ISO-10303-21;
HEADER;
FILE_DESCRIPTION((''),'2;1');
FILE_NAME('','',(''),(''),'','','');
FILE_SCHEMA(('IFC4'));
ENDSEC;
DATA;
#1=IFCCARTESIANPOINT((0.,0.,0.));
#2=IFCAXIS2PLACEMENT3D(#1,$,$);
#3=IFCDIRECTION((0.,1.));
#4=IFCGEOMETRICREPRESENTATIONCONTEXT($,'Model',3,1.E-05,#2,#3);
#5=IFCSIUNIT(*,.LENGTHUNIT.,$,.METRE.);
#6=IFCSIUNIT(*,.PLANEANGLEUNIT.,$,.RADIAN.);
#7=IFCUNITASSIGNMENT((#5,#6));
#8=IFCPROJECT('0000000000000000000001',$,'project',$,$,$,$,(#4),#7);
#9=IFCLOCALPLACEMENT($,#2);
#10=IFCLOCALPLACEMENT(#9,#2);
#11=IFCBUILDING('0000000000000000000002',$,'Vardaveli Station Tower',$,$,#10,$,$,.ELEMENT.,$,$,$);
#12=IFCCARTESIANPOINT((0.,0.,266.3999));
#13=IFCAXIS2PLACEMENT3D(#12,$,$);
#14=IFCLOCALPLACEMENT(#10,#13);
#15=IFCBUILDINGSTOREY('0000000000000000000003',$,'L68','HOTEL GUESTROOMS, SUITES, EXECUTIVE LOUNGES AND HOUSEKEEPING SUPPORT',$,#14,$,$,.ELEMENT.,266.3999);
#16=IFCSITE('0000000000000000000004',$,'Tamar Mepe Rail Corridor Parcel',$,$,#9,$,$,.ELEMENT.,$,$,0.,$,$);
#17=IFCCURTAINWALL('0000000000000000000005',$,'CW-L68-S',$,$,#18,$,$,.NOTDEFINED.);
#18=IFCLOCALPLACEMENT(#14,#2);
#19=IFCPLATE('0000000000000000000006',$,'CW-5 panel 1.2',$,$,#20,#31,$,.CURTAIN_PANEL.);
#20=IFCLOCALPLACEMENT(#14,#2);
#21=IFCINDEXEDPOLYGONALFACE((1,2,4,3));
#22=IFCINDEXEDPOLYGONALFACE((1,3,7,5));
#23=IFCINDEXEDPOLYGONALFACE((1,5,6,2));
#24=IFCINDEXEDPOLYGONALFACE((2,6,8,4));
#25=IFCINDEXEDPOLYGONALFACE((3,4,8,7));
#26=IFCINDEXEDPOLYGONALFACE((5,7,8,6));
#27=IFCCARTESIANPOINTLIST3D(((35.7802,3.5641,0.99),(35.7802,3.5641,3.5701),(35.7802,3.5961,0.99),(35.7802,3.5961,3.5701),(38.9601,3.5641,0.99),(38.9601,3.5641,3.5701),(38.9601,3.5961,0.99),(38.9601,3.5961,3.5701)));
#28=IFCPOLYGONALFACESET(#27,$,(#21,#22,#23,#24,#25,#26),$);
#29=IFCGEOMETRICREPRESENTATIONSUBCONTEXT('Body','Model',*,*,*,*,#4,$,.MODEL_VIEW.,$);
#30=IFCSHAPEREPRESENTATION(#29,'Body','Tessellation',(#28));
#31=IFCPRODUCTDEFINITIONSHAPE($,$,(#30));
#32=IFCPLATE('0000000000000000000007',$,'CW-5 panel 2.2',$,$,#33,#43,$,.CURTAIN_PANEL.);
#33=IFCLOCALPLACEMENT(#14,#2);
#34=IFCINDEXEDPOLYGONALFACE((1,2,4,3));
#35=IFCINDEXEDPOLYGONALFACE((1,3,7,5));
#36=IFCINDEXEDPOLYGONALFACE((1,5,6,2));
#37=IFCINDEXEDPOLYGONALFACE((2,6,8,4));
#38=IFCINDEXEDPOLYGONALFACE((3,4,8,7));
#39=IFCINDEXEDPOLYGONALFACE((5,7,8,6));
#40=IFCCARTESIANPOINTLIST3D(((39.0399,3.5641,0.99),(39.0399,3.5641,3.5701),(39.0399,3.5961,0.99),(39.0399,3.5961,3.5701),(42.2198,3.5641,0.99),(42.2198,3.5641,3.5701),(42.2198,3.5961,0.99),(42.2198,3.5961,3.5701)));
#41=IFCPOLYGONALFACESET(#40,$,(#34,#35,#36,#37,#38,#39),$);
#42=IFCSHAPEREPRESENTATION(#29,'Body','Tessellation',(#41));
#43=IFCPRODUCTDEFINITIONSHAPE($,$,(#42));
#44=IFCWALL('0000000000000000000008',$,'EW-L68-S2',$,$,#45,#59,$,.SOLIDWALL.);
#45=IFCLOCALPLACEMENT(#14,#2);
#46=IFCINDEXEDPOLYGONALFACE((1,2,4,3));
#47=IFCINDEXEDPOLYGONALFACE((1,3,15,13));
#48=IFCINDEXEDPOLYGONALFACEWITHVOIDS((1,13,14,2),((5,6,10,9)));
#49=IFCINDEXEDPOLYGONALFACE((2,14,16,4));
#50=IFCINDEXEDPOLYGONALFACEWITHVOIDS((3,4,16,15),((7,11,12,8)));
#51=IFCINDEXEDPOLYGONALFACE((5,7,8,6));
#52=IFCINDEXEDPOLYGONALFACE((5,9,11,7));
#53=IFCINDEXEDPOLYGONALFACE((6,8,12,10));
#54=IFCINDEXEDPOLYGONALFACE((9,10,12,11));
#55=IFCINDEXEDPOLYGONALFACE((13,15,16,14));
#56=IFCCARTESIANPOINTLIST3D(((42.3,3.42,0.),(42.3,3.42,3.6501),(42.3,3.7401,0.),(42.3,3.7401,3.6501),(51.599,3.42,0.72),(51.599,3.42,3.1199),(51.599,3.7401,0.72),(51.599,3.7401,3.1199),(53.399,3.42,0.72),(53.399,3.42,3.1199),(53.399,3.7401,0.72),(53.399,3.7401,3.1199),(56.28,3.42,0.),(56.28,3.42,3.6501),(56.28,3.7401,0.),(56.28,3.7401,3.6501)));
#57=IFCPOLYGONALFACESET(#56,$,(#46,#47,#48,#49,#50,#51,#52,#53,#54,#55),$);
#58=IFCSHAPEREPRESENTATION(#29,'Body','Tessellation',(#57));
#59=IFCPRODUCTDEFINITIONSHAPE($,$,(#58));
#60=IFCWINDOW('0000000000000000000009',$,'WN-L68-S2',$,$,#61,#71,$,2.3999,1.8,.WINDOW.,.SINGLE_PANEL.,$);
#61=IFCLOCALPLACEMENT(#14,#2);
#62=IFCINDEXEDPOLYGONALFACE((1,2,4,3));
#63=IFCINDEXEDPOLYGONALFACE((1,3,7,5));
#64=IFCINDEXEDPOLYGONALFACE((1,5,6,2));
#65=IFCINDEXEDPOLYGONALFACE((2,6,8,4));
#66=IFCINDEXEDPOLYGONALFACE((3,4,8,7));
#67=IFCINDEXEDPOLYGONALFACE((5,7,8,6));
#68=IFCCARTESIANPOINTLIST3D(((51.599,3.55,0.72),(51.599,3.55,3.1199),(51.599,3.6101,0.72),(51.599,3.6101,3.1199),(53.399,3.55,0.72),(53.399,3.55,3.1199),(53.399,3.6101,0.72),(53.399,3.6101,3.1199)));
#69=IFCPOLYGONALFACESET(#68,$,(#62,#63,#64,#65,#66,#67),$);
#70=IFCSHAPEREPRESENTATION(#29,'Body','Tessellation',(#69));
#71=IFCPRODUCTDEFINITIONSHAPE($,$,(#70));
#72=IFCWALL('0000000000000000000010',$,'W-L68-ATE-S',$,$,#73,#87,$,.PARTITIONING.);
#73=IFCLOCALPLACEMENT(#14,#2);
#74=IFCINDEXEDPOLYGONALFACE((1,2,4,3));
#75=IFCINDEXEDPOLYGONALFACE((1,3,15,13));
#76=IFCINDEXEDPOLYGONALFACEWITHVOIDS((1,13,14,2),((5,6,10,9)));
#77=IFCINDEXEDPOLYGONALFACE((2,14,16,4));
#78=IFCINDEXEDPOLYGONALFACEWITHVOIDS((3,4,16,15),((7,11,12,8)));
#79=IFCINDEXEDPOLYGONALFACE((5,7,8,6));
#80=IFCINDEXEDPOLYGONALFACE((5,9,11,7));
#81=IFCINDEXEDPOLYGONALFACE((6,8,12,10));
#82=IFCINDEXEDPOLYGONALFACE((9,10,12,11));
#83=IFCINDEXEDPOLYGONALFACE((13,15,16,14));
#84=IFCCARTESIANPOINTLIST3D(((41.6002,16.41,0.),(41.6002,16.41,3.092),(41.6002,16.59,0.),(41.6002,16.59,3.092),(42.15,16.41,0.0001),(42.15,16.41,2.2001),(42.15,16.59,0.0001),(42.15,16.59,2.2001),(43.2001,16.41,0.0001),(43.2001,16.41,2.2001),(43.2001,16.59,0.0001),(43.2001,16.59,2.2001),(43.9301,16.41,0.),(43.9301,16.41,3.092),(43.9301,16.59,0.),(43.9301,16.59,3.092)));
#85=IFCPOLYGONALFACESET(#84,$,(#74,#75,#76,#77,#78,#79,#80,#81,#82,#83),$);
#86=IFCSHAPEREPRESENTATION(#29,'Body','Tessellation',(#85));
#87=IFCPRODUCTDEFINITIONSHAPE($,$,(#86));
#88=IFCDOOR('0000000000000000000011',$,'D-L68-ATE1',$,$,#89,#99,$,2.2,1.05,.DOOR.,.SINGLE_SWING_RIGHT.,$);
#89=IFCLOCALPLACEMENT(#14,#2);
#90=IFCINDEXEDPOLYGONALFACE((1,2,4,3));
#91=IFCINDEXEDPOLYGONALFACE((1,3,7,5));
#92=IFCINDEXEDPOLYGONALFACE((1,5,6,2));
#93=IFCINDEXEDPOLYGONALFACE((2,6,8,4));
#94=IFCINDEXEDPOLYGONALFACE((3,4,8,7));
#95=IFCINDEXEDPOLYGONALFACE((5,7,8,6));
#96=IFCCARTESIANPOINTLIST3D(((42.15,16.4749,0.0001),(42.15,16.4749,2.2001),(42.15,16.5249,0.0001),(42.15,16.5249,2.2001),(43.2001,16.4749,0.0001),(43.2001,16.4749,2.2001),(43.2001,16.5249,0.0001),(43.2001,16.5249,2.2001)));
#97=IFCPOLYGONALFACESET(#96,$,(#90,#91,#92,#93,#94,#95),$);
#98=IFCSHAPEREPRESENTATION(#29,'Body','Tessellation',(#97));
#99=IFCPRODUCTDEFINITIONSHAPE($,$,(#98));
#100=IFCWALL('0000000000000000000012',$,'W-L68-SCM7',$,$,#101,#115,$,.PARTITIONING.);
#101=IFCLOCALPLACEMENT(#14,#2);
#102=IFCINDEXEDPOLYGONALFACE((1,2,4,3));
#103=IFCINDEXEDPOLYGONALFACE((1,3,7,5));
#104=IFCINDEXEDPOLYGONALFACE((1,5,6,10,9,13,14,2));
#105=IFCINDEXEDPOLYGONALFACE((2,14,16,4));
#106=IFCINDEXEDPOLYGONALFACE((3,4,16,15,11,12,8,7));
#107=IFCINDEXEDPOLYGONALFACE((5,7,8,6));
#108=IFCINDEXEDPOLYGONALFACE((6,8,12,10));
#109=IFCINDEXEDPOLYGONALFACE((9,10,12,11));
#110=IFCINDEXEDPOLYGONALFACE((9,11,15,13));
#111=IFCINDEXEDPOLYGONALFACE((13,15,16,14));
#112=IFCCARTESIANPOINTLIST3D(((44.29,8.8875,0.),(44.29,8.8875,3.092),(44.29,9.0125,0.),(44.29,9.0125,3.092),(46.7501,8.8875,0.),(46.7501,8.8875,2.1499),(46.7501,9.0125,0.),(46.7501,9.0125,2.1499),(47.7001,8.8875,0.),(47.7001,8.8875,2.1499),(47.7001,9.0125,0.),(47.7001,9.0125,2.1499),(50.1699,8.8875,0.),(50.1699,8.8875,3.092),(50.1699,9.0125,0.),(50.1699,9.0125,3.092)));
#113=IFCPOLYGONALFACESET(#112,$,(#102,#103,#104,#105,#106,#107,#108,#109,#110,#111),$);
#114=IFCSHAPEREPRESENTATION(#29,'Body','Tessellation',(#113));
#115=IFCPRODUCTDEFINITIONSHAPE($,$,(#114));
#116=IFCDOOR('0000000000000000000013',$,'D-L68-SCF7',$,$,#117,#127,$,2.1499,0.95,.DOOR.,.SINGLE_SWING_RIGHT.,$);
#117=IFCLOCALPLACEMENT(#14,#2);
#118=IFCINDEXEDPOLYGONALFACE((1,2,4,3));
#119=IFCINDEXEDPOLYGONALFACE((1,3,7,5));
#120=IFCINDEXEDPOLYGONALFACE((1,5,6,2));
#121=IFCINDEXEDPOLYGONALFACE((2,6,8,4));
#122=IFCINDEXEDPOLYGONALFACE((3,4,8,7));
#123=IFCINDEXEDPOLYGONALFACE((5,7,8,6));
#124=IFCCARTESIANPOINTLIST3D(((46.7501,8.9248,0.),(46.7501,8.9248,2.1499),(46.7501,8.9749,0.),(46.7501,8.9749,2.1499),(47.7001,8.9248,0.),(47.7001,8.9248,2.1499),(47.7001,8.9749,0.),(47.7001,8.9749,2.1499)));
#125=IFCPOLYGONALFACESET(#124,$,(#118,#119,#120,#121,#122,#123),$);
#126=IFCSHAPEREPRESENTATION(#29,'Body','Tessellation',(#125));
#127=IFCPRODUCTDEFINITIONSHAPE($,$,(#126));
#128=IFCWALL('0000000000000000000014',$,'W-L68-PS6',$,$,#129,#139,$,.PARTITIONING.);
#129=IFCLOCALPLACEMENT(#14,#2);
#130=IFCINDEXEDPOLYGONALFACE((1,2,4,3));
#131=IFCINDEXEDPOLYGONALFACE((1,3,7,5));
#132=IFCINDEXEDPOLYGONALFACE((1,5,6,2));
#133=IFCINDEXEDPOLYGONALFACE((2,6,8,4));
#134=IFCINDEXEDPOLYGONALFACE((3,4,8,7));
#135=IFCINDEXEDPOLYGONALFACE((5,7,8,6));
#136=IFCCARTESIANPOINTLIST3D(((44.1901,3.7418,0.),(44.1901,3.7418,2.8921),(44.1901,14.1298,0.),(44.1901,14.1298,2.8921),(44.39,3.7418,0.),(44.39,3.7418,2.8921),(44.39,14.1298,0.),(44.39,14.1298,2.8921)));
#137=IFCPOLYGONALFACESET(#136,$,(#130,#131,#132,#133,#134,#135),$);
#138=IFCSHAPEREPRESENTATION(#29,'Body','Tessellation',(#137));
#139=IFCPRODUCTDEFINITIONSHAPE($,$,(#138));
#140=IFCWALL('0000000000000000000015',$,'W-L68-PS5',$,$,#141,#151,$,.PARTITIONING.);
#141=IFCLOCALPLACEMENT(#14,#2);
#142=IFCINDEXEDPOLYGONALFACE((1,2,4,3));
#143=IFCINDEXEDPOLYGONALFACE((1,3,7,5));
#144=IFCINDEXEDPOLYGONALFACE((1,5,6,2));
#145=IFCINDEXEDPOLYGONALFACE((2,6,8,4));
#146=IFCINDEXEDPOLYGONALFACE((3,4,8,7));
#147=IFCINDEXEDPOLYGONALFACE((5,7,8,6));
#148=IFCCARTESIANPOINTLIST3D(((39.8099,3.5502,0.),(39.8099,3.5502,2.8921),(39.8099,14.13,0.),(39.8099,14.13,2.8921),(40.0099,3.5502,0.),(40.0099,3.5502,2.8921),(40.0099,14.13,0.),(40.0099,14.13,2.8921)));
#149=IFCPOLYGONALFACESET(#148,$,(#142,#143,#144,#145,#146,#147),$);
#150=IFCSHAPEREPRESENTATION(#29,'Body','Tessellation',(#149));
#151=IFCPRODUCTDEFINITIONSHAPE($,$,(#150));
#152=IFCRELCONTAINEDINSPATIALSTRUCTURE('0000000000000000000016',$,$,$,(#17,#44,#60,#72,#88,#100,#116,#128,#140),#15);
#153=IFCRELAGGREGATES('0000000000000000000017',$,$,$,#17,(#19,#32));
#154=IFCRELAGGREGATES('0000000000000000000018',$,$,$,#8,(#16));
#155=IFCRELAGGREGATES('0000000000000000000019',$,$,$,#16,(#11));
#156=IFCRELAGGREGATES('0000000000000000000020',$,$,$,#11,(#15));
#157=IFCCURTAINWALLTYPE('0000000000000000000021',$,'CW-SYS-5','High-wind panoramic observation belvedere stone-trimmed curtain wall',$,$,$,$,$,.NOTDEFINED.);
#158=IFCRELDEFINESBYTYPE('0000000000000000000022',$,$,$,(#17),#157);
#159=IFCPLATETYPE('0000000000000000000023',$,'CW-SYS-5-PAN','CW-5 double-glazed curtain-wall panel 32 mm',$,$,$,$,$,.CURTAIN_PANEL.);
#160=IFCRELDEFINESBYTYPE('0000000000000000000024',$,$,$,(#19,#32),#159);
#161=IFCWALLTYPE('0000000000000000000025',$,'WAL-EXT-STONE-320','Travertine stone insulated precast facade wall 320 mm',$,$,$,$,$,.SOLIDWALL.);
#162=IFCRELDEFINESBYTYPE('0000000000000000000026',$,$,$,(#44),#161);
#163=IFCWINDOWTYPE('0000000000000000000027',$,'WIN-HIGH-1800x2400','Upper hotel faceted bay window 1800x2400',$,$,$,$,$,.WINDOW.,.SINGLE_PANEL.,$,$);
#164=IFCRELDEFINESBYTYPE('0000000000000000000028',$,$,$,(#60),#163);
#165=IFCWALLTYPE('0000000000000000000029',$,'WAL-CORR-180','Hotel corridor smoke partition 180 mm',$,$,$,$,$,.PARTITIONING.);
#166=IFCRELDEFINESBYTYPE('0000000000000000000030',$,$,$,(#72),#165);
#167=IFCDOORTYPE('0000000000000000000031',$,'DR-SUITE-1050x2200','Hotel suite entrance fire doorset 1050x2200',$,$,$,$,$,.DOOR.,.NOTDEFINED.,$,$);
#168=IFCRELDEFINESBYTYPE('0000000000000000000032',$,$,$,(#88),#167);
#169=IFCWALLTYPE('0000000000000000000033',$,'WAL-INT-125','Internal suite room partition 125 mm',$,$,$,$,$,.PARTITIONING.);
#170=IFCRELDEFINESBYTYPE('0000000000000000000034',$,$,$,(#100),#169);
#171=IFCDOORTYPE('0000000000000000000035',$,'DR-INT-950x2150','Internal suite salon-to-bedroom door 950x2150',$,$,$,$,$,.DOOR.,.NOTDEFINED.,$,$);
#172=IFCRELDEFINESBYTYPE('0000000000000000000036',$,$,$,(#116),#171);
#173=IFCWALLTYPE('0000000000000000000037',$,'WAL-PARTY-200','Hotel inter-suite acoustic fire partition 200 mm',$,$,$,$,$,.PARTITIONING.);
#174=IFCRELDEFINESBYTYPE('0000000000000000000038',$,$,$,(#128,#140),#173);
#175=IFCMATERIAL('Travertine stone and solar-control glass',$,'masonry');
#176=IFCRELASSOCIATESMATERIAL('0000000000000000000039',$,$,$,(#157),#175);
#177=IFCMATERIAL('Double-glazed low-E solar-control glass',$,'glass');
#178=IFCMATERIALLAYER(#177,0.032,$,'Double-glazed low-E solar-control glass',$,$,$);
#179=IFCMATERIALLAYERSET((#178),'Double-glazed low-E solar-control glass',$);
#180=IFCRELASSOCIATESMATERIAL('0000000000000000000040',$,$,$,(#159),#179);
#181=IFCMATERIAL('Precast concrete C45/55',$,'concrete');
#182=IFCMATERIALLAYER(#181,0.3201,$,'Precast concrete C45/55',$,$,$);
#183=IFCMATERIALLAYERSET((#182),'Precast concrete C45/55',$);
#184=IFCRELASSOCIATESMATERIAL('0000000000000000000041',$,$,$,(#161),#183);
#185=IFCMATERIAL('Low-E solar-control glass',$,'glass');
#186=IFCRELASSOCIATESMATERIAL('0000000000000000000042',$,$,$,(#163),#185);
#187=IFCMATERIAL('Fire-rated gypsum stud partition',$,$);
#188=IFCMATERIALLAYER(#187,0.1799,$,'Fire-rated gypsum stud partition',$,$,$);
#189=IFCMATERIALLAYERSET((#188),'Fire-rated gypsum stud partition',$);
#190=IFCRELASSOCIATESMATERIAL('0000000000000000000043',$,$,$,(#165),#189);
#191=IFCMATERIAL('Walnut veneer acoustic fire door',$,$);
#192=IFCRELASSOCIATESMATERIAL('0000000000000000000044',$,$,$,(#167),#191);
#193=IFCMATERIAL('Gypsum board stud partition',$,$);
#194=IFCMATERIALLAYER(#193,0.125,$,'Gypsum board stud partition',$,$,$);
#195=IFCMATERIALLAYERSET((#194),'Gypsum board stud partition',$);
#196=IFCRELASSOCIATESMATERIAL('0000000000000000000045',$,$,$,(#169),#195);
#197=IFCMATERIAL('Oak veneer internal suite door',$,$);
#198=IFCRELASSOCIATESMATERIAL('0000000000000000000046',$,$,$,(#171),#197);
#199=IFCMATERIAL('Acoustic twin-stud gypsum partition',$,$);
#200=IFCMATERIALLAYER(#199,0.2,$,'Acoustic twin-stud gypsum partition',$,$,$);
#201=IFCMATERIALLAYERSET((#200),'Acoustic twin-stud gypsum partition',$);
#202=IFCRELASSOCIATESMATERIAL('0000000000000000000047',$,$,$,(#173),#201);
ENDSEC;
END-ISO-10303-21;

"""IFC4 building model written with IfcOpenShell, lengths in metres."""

from ifc_helpers import new_model, si_unit, direction, frame, frame_2d, origin, origin_2d, place, context, subcontext, project, spatial, rectangle, extrude, source, transform, mapped, material, layer, layer_set, type_object, element, fill, aggregate, save


model = new_model("IFC4")

# Units and contexts
model_context = context("Model", 3, precision=1e-05, world=origin(), true_north=direction((0.0, 1.0)))
body_context = subcontext(model_context, "Body", "Model", "MODEL_VIEW")
ifc_project = project(units=[si_unit("LENGTHUNIT", "METRE"), si_unit("PLANEANGLEUNIT", "RADIAN")], contexts=[model_context])

# Site, building, storey
site_placement = place(None, origin())
site = spatial("IfcSite", under=ifc_project, at=site_placement, Name="Tamar Mepe Rail Corridor Parcel", CompositionType="ELEMENT", RefElevation=0.0)
building_placement = place(site_placement, origin())
building = spatial("IfcBuilding", under=site, at=building_placement, Name="Vardaveli Station Tower", CompositionType="ELEMENT")
storey_placement = place(building_placement, frame((0.0, 0.0, 266.3999)))
storey = spatial("IfcBuildingStorey", under=building, at=storey_placement, Name="L68", Description="HOTEL GUESTROOMS, SUITES, EXECUTIVE LOUNGES AND HOUSEKEEPING SUPPORT", CompositionType="ELEMENT", Elevation=266.3999)

# Shared definitions
ifc_material_1 = material(Name="Precast concrete C45/55", Category="concrete")

# Curtain wall, plates
ifc_material_2 = material(Name="Travertine stone and solar-control glass", Category="masonry")
curtain_wall_type = type_object("IfcCurtainWallType", Name="CW-SYS-5", Description="High-wind panoramic observation belvedere stone-trimmed curtain wall", PredefinedType="NOTDEFINED", material=ifc_material_2)
curtain_wall_placement = place(storey_placement, origin())
curtain_wall = element("IfcCurtainWall", 1, at=curtain_wall_placement, inside=storey, type_object=curtain_wall_type, Name="CW-L68-S", PredefinedType="NOTDEFINED")
ifc_material_3 = material(Name="Double-glazed low-E solar-control glass", Category="glass")
ifc_layer_1 = layer(ifc_material_3, 0.032, Name="Double-glazed low-E solar-control glass")
ifc_layer_set_1 = layer_set([ifc_layer_1], Name="Double-glazed low-E solar-control glass")
plate_type = type_object("IfcPlateType", Name="CW-SYS-5-PAN", Description="CW-5 double-glazed curtain-wall panel 32 mm", PredefinedType="CURTAIN_PANEL", material=ifc_layer_set_1)
shared_shape_1 = source(origin(), body_context, "Body", "SweptSolid", [
    extrude(rectangle(XDim=3.1799, YDim=0.032, at=origin_2d()), origin(), (0.0, 0.0, 1.0), 2.5801),
])
plate_1_placement = place(storey_placement, frame((37.3701, 3.5801, 0.99), z_axis=(0.0, 0.0, 1.0), x_axis=(1.0, 0.0, 0.0)))
plate_1 = element("IfcPlate", 2, at=plate_1_placement, type_object=plate_type, Name="CW-5 panel 1.2", PredefinedType="CURTAIN_PANEL", context=body_context, shape_type="MappedRepresentation", body=[
    mapped(shared_shape_1, transform((0.0, 0.0, 0.0), scale=1.0)),
])
plate_2_placement = place(storey_placement, frame((40.6299, 3.5801, 0.99), z_axis=(0.0, 0.0, 1.0), x_axis=(1.0, 0.0, 0.0)))
plate_2 = element("IfcPlate", 3, at=plate_2_placement, type_object=plate_type, Name="CW-5 panel 2.2", PredefinedType="CURTAIN_PANEL", context=body_context, shape_type="MappedRepresentation", body=[
    mapped(shared_shape_1, transform((0.0, 0.0, 0.0), scale=1.0)),
])
aggregate(curtain_wall, [plate_1, plate_2])

# Wall, opening, window
ifc_layer_2 = layer(ifc_material_1, 0.3201, Name="Precast concrete C45/55")
ifc_layer_set_2 = layer_set([ifc_layer_2], Name="Precast concrete C45/55")
wall_type_1 = type_object("IfcWallType", Name="WAL-EXT-STONE-320", Description="Travertine stone insulated precast facade wall 320 mm", PredefinedType="SOLIDWALL", material=ifc_layer_set_2)
shared_shape_2 = source(origin(), body_context, "Body", "SweptSolid", [
    extrude(rectangle(XDim=13.98, YDim=0.3201, at=frame_2d((6.99, 0.0))), origin(), (0.0, 0.0, 1.0), 3.6501),
])
wall_1_placement = place(storey_placement, frame((42.3, 3.5801, 0.0), z_axis=(0.0, 0.0, 1.0), x_axis=(1.0, 0.0, 0.0)))
wall_1 = element("IfcWall", 4, at=wall_1_placement, inside=storey, type_object=wall_type_1, Name="EW-L68-S2", PredefinedType="SOLIDWALL", context=body_context, shape_type="MappedRepresentation", body=[
    mapped(shared_shape_2, transform((0.0, 0.0, 0.0), scale=1.0)),
])
shared_shape_3 = source(origin(), body_context, "Body", "SweptSolid", [
    extrude(rectangle(XDim=1.8, YDim=2.3999, at=frame_2d((0.8999, 1.2))), frame((0.0, 0.1699, 0.0), z_axis=(0.0, -1.0, 0.0), x_axis=(1.0, 0.0, 0.0)), (0.0, 0.0, 1.0), 0.3401),
])
opening_1_placement = place(wall_1_placement, frame((9.2991, 0.0, 0.72)))
opening_1 = element("IfcOpeningElement", 5, at=opening_1_placement, cuts=wall_1, PredefinedType="OPENING", context=body_context, shape_type="MappedRepresentation", body=[
    mapped(shared_shape_3, transform((0.0, 0.0, 0.0), scale=1.0)),
])
ifc_material_4 = material(Name="Low-E solar-control glass", Category="glass")
window_type = type_object("IfcWindowType", Name="WIN-HIGH-1800x2400", Description="Upper hotel faceted bay window 1800x2400", PartitioningType="SINGLE_PANEL", PredefinedType="WINDOW", material=ifc_material_4)
shared_shape_4 = source(origin(), body_context, "Body", "SweptSolid", [
    extrude(rectangle(XDim=1.8, YDim=2.3999, at=frame_2d((0.8999, 1.2))), frame((0.0, 0.03, 0.0), z_axis=(0.0, -1.0, 0.0), x_axis=(1.0, 0.0, 0.0)), (0.0, 0.0, 1.0), 0.0601),
])
window_placement = place(opening_1_placement, origin())
window = element("IfcWindow", 6, at=window_placement, inside=storey, type_object=window_type, Name="WN-L68-S2", OverallHeight=2.3999, OverallWidth=1.8, PartitioningType="SINGLE_PANEL", PredefinedType="WINDOW", context=body_context, shape_type="MappedRepresentation", body=[
    mapped(shared_shape_4, transform((0.0, 0.0, 0.0), scale=1.0)),
])
fill(opening_1, window)

# Walls, openings, doors
ifc_material_5 = material(Name="Fire-rated gypsum stud partition")
ifc_layer_3 = layer(ifc_material_5, 0.1799, Name="Fire-rated gypsum stud partition")
ifc_layer_set_3 = layer_set([ifc_layer_3], Name="Fire-rated gypsum stud partition")
wall_type_2 = type_object("IfcWallType", Name="WAL-CORR-180", Description="Hotel corridor smoke partition 180 mm", PredefinedType="PARTITIONING", material=ifc_layer_set_3)
shared_shape_5 = source(origin(), body_context, "Body", "SweptSolid", [
    extrude(rectangle(XDim=2.3298, YDim=0.1799, at=frame_2d((1.165, 0.0))), origin(), (0.0, 0.0, 1.0), 3.092),
])
wall_2_placement = place(storey_placement, frame((41.6001, 16.5, 0.0), z_axis=(0.0, 0.0, 1.0), x_axis=(1.0, 0.0, 0.0)))
wall_2 = element("IfcWall", 7, at=wall_2_placement, inside=storey, type_object=wall_type_2, Name="W-L68-ATE-S", PredefinedType="PARTITIONING", context=body_context, shape_type="MappedRepresentation", body=[
    mapped(shared_shape_5, transform((0.0, 0.0, 0.0), scale=1.0)),
])
shared_shape_6 = source(origin(), body_context, "Body", "SweptSolid", [
    extrude(rectangle(XDim=1.05, YDim=2.2, at=frame_2d((0.5249, 1.1001))), frame((0.0, 0.1001, 0.0), z_axis=(0.0, -1.0, 0.0), x_axis=(1.0, 0.0, 0.0)), (0.0, 0.0, 1.0), 0.2),
])
opening_2_placement = place(wall_2_placement, frame((0.55, 0.0, 0.0)))
opening_2 = element("IfcOpeningElement", 8, at=opening_2_placement, cuts=wall_2, PredefinedType="OPENING", context=body_context, shape_type="MappedRepresentation", body=[
    mapped(shared_shape_6, transform((0.0, 0.0, 0.0), scale=1.0)),
])
ifc_material_6 = material(Name="Walnut veneer acoustic fire door")
door_type_1 = type_object("IfcDoorType", Name="DR-SUITE-1050x2200", Description="Hotel suite entrance fire doorset 1050x2200", OperationType="NOTDEFINED", PredefinedType="DOOR", material=ifc_material_6)
shared_shape_7 = source(origin(), body_context, "Body", "SweptSolid", [
    extrude(rectangle(XDim=1.05, YDim=2.2, at=frame_2d((0.5249, 1.1001))), frame((0.0, 0.0249, 0.0), z_axis=(0.0, -1.0, 0.0), x_axis=(1.0, 0.0, 0.0)), (0.0, 0.0, 1.0), 0.05),
])
door_1_placement = place(opening_2_placement, origin())
door_1 = element("IfcDoor", 9, at=door_1_placement, inside=storey, type_object=door_type_1, Name="D-L68-ATE1", OperationType="SINGLE_SWING_RIGHT", OverallHeight=2.2, OverallWidth=1.05, PredefinedType="DOOR", context=body_context, shape_type="MappedRepresentation", body=[
    mapped(shared_shape_7, transform((0.0, 0.0, 0.0), scale=1.0)),
])
fill(opening_2, door_1)
ifc_material_7 = material(Name="Gypsum board stud partition")
ifc_layer_4 = layer(ifc_material_7, 0.125, Name="Gypsum board stud partition")
ifc_layer_set_4 = layer_set([ifc_layer_4], Name="Gypsum board stud partition")
wall_type_3 = type_object("IfcWallType", Name="WAL-INT-125", Description="Internal suite room partition 125 mm", PredefinedType="PARTITIONING", material=ifc_layer_set_4)
shared_shape_8 = source(origin(), body_context, "Body", "SweptSolid", [
    extrude(rectangle(XDim=5.8799, YDim=0.125, at=frame_2d((2.9399, 0.0))), origin(), (0.0, 0.0, 1.0), 3.092),
])
wall_3_placement = place(storey_placement, frame((44.29, 8.95, 0.0), z_axis=(0.0, 0.0, 1.0), x_axis=(1.0, 0.0, 0.0)))
wall_3 = element("IfcWall", 10, at=wall_3_placement, inside=storey, type_object=wall_type_3, Name="W-L68-SCM7", PredefinedType="PARTITIONING", context=body_context, shape_type="MappedRepresentation", body=[
    mapped(shared_shape_8, transform((0.0, 0.0, 0.0), scale=1.0)),
])
shared_shape_9 = source(origin(), body_context, "Body", "SweptSolid", [
    extrude(rectangle(XDim=0.95, YDim=2.1499, at=frame_2d((0.4751, 1.075))), frame((0.0, 0.0725, 0.0), z_axis=(0.0, -1.0, 0.0), x_axis=(1.0, 0.0, 0.0)), (0.0, 0.0, 1.0), 0.145),
])
opening_3_placement = place(wall_3_placement, frame((2.46, 0.0, 0.0)))
opening_3 = element("IfcOpeningElement", 11, at=opening_3_placement, cuts=wall_3, PredefinedType="OPENING", context=body_context, shape_type="MappedRepresentation", body=[
    mapped(shared_shape_9, transform((0.0, 0.0, 0.0), scale=1.0)),
])
ifc_material_8 = material(Name="Oak veneer internal suite door")
door_type_2 = type_object("IfcDoorType", Name="DR-INT-950x2150", Description="Internal suite salon-to-bedroom door 950x2150", OperationType="NOTDEFINED", PredefinedType="DOOR", material=ifc_material_8)
shared_shape_10 = source(origin(), body_context, "Body", "SweptSolid", [
    extrude(rectangle(XDim=0.95, YDim=2.1499, at=frame_2d((0.4751, 1.075))), frame((0.0, 0.0249, 0.0), z_axis=(0.0, -1.0, 0.0), x_axis=(1.0, 0.0, 0.0)), (0.0, 0.0, 1.0), 0.05),
])
door_2_placement = place(opening_3_placement, origin())
door_2 = element("IfcDoor", 12, at=door_2_placement, inside=storey, type_object=door_type_2, Name="D-L68-SCF7", OperationType="SINGLE_SWING_RIGHT", OverallHeight=2.1499, OverallWidth=0.95, PredefinedType="DOOR", context=body_context, shape_type="MappedRepresentation", body=[
    mapped(shared_shape_10, transform((0.0, 0.0, 0.0), scale=1.0)),
])
fill(opening_3, door_2)

# Walls
ifc_material_9 = material(Name="Acoustic twin-stud gypsum partition")
ifc_layer_5 = layer(ifc_material_9, 0.2, Name="Acoustic twin-stud gypsum partition")
ifc_layer_set_5 = layer_set([ifc_layer_5], Name="Acoustic twin-stud gypsum partition")
wall_type_4 = type_object("IfcWallType", Name="WAL-PARTY-200", Description="Hotel inter-suite acoustic fire partition 200 mm", PredefinedType="PARTITIONING", material=ifc_layer_set_5)
shared_shape_11 = source(origin(), body_context, "Body", "SweptSolid", [
    extrude(rectangle(XDim=10.3879, YDim=0.2, at=frame_2d((5.1938, 0.0))), origin(), (0.0, 0.0, 1.0), 2.8921),
])
wall_4_placement = place(storey_placement, frame((44.29, 3.7419, 0.0), z_axis=(0.0, 0.0, 1.0), x_axis=(0.0, 1.0, 0.0)))
element("IfcWall", 13, at=wall_4_placement, inside=storey, type_object=wall_type_4, Name="W-L68-PS6", PredefinedType="PARTITIONING", context=body_context, shape_type="MappedRepresentation", body=[
    mapped(shared_shape_11, transform((0.0, 0.0, 0.0), scale=1.0)),
])
shared_shape_12 = source(origin(), body_context, "Body", "SweptSolid", [
    extrude(rectangle(XDim=10.5798, YDim=0.2, at=frame_2d((5.29, 0.0))), origin(), (0.0, 0.0, 1.0), 2.8921),
])
wall_5_placement = place(storey_placement, frame((39.9099, 3.55, 0.0), z_axis=(0.0, 0.0, 1.0), x_axis=(0.0, 1.0, 0.0)))
element("IfcWall", 14, at=wall_5_placement, inside=storey, type_object=wall_type_4, Name="W-L68-PS5", PredefinedType="PARTITIONING", context=body_context, shape_type="MappedRepresentation", body=[
    mapped(shared_shape_12, transform((0.0, 0.0, 0.0), scale=1.0)),
])

save(model, "model.ifc")
